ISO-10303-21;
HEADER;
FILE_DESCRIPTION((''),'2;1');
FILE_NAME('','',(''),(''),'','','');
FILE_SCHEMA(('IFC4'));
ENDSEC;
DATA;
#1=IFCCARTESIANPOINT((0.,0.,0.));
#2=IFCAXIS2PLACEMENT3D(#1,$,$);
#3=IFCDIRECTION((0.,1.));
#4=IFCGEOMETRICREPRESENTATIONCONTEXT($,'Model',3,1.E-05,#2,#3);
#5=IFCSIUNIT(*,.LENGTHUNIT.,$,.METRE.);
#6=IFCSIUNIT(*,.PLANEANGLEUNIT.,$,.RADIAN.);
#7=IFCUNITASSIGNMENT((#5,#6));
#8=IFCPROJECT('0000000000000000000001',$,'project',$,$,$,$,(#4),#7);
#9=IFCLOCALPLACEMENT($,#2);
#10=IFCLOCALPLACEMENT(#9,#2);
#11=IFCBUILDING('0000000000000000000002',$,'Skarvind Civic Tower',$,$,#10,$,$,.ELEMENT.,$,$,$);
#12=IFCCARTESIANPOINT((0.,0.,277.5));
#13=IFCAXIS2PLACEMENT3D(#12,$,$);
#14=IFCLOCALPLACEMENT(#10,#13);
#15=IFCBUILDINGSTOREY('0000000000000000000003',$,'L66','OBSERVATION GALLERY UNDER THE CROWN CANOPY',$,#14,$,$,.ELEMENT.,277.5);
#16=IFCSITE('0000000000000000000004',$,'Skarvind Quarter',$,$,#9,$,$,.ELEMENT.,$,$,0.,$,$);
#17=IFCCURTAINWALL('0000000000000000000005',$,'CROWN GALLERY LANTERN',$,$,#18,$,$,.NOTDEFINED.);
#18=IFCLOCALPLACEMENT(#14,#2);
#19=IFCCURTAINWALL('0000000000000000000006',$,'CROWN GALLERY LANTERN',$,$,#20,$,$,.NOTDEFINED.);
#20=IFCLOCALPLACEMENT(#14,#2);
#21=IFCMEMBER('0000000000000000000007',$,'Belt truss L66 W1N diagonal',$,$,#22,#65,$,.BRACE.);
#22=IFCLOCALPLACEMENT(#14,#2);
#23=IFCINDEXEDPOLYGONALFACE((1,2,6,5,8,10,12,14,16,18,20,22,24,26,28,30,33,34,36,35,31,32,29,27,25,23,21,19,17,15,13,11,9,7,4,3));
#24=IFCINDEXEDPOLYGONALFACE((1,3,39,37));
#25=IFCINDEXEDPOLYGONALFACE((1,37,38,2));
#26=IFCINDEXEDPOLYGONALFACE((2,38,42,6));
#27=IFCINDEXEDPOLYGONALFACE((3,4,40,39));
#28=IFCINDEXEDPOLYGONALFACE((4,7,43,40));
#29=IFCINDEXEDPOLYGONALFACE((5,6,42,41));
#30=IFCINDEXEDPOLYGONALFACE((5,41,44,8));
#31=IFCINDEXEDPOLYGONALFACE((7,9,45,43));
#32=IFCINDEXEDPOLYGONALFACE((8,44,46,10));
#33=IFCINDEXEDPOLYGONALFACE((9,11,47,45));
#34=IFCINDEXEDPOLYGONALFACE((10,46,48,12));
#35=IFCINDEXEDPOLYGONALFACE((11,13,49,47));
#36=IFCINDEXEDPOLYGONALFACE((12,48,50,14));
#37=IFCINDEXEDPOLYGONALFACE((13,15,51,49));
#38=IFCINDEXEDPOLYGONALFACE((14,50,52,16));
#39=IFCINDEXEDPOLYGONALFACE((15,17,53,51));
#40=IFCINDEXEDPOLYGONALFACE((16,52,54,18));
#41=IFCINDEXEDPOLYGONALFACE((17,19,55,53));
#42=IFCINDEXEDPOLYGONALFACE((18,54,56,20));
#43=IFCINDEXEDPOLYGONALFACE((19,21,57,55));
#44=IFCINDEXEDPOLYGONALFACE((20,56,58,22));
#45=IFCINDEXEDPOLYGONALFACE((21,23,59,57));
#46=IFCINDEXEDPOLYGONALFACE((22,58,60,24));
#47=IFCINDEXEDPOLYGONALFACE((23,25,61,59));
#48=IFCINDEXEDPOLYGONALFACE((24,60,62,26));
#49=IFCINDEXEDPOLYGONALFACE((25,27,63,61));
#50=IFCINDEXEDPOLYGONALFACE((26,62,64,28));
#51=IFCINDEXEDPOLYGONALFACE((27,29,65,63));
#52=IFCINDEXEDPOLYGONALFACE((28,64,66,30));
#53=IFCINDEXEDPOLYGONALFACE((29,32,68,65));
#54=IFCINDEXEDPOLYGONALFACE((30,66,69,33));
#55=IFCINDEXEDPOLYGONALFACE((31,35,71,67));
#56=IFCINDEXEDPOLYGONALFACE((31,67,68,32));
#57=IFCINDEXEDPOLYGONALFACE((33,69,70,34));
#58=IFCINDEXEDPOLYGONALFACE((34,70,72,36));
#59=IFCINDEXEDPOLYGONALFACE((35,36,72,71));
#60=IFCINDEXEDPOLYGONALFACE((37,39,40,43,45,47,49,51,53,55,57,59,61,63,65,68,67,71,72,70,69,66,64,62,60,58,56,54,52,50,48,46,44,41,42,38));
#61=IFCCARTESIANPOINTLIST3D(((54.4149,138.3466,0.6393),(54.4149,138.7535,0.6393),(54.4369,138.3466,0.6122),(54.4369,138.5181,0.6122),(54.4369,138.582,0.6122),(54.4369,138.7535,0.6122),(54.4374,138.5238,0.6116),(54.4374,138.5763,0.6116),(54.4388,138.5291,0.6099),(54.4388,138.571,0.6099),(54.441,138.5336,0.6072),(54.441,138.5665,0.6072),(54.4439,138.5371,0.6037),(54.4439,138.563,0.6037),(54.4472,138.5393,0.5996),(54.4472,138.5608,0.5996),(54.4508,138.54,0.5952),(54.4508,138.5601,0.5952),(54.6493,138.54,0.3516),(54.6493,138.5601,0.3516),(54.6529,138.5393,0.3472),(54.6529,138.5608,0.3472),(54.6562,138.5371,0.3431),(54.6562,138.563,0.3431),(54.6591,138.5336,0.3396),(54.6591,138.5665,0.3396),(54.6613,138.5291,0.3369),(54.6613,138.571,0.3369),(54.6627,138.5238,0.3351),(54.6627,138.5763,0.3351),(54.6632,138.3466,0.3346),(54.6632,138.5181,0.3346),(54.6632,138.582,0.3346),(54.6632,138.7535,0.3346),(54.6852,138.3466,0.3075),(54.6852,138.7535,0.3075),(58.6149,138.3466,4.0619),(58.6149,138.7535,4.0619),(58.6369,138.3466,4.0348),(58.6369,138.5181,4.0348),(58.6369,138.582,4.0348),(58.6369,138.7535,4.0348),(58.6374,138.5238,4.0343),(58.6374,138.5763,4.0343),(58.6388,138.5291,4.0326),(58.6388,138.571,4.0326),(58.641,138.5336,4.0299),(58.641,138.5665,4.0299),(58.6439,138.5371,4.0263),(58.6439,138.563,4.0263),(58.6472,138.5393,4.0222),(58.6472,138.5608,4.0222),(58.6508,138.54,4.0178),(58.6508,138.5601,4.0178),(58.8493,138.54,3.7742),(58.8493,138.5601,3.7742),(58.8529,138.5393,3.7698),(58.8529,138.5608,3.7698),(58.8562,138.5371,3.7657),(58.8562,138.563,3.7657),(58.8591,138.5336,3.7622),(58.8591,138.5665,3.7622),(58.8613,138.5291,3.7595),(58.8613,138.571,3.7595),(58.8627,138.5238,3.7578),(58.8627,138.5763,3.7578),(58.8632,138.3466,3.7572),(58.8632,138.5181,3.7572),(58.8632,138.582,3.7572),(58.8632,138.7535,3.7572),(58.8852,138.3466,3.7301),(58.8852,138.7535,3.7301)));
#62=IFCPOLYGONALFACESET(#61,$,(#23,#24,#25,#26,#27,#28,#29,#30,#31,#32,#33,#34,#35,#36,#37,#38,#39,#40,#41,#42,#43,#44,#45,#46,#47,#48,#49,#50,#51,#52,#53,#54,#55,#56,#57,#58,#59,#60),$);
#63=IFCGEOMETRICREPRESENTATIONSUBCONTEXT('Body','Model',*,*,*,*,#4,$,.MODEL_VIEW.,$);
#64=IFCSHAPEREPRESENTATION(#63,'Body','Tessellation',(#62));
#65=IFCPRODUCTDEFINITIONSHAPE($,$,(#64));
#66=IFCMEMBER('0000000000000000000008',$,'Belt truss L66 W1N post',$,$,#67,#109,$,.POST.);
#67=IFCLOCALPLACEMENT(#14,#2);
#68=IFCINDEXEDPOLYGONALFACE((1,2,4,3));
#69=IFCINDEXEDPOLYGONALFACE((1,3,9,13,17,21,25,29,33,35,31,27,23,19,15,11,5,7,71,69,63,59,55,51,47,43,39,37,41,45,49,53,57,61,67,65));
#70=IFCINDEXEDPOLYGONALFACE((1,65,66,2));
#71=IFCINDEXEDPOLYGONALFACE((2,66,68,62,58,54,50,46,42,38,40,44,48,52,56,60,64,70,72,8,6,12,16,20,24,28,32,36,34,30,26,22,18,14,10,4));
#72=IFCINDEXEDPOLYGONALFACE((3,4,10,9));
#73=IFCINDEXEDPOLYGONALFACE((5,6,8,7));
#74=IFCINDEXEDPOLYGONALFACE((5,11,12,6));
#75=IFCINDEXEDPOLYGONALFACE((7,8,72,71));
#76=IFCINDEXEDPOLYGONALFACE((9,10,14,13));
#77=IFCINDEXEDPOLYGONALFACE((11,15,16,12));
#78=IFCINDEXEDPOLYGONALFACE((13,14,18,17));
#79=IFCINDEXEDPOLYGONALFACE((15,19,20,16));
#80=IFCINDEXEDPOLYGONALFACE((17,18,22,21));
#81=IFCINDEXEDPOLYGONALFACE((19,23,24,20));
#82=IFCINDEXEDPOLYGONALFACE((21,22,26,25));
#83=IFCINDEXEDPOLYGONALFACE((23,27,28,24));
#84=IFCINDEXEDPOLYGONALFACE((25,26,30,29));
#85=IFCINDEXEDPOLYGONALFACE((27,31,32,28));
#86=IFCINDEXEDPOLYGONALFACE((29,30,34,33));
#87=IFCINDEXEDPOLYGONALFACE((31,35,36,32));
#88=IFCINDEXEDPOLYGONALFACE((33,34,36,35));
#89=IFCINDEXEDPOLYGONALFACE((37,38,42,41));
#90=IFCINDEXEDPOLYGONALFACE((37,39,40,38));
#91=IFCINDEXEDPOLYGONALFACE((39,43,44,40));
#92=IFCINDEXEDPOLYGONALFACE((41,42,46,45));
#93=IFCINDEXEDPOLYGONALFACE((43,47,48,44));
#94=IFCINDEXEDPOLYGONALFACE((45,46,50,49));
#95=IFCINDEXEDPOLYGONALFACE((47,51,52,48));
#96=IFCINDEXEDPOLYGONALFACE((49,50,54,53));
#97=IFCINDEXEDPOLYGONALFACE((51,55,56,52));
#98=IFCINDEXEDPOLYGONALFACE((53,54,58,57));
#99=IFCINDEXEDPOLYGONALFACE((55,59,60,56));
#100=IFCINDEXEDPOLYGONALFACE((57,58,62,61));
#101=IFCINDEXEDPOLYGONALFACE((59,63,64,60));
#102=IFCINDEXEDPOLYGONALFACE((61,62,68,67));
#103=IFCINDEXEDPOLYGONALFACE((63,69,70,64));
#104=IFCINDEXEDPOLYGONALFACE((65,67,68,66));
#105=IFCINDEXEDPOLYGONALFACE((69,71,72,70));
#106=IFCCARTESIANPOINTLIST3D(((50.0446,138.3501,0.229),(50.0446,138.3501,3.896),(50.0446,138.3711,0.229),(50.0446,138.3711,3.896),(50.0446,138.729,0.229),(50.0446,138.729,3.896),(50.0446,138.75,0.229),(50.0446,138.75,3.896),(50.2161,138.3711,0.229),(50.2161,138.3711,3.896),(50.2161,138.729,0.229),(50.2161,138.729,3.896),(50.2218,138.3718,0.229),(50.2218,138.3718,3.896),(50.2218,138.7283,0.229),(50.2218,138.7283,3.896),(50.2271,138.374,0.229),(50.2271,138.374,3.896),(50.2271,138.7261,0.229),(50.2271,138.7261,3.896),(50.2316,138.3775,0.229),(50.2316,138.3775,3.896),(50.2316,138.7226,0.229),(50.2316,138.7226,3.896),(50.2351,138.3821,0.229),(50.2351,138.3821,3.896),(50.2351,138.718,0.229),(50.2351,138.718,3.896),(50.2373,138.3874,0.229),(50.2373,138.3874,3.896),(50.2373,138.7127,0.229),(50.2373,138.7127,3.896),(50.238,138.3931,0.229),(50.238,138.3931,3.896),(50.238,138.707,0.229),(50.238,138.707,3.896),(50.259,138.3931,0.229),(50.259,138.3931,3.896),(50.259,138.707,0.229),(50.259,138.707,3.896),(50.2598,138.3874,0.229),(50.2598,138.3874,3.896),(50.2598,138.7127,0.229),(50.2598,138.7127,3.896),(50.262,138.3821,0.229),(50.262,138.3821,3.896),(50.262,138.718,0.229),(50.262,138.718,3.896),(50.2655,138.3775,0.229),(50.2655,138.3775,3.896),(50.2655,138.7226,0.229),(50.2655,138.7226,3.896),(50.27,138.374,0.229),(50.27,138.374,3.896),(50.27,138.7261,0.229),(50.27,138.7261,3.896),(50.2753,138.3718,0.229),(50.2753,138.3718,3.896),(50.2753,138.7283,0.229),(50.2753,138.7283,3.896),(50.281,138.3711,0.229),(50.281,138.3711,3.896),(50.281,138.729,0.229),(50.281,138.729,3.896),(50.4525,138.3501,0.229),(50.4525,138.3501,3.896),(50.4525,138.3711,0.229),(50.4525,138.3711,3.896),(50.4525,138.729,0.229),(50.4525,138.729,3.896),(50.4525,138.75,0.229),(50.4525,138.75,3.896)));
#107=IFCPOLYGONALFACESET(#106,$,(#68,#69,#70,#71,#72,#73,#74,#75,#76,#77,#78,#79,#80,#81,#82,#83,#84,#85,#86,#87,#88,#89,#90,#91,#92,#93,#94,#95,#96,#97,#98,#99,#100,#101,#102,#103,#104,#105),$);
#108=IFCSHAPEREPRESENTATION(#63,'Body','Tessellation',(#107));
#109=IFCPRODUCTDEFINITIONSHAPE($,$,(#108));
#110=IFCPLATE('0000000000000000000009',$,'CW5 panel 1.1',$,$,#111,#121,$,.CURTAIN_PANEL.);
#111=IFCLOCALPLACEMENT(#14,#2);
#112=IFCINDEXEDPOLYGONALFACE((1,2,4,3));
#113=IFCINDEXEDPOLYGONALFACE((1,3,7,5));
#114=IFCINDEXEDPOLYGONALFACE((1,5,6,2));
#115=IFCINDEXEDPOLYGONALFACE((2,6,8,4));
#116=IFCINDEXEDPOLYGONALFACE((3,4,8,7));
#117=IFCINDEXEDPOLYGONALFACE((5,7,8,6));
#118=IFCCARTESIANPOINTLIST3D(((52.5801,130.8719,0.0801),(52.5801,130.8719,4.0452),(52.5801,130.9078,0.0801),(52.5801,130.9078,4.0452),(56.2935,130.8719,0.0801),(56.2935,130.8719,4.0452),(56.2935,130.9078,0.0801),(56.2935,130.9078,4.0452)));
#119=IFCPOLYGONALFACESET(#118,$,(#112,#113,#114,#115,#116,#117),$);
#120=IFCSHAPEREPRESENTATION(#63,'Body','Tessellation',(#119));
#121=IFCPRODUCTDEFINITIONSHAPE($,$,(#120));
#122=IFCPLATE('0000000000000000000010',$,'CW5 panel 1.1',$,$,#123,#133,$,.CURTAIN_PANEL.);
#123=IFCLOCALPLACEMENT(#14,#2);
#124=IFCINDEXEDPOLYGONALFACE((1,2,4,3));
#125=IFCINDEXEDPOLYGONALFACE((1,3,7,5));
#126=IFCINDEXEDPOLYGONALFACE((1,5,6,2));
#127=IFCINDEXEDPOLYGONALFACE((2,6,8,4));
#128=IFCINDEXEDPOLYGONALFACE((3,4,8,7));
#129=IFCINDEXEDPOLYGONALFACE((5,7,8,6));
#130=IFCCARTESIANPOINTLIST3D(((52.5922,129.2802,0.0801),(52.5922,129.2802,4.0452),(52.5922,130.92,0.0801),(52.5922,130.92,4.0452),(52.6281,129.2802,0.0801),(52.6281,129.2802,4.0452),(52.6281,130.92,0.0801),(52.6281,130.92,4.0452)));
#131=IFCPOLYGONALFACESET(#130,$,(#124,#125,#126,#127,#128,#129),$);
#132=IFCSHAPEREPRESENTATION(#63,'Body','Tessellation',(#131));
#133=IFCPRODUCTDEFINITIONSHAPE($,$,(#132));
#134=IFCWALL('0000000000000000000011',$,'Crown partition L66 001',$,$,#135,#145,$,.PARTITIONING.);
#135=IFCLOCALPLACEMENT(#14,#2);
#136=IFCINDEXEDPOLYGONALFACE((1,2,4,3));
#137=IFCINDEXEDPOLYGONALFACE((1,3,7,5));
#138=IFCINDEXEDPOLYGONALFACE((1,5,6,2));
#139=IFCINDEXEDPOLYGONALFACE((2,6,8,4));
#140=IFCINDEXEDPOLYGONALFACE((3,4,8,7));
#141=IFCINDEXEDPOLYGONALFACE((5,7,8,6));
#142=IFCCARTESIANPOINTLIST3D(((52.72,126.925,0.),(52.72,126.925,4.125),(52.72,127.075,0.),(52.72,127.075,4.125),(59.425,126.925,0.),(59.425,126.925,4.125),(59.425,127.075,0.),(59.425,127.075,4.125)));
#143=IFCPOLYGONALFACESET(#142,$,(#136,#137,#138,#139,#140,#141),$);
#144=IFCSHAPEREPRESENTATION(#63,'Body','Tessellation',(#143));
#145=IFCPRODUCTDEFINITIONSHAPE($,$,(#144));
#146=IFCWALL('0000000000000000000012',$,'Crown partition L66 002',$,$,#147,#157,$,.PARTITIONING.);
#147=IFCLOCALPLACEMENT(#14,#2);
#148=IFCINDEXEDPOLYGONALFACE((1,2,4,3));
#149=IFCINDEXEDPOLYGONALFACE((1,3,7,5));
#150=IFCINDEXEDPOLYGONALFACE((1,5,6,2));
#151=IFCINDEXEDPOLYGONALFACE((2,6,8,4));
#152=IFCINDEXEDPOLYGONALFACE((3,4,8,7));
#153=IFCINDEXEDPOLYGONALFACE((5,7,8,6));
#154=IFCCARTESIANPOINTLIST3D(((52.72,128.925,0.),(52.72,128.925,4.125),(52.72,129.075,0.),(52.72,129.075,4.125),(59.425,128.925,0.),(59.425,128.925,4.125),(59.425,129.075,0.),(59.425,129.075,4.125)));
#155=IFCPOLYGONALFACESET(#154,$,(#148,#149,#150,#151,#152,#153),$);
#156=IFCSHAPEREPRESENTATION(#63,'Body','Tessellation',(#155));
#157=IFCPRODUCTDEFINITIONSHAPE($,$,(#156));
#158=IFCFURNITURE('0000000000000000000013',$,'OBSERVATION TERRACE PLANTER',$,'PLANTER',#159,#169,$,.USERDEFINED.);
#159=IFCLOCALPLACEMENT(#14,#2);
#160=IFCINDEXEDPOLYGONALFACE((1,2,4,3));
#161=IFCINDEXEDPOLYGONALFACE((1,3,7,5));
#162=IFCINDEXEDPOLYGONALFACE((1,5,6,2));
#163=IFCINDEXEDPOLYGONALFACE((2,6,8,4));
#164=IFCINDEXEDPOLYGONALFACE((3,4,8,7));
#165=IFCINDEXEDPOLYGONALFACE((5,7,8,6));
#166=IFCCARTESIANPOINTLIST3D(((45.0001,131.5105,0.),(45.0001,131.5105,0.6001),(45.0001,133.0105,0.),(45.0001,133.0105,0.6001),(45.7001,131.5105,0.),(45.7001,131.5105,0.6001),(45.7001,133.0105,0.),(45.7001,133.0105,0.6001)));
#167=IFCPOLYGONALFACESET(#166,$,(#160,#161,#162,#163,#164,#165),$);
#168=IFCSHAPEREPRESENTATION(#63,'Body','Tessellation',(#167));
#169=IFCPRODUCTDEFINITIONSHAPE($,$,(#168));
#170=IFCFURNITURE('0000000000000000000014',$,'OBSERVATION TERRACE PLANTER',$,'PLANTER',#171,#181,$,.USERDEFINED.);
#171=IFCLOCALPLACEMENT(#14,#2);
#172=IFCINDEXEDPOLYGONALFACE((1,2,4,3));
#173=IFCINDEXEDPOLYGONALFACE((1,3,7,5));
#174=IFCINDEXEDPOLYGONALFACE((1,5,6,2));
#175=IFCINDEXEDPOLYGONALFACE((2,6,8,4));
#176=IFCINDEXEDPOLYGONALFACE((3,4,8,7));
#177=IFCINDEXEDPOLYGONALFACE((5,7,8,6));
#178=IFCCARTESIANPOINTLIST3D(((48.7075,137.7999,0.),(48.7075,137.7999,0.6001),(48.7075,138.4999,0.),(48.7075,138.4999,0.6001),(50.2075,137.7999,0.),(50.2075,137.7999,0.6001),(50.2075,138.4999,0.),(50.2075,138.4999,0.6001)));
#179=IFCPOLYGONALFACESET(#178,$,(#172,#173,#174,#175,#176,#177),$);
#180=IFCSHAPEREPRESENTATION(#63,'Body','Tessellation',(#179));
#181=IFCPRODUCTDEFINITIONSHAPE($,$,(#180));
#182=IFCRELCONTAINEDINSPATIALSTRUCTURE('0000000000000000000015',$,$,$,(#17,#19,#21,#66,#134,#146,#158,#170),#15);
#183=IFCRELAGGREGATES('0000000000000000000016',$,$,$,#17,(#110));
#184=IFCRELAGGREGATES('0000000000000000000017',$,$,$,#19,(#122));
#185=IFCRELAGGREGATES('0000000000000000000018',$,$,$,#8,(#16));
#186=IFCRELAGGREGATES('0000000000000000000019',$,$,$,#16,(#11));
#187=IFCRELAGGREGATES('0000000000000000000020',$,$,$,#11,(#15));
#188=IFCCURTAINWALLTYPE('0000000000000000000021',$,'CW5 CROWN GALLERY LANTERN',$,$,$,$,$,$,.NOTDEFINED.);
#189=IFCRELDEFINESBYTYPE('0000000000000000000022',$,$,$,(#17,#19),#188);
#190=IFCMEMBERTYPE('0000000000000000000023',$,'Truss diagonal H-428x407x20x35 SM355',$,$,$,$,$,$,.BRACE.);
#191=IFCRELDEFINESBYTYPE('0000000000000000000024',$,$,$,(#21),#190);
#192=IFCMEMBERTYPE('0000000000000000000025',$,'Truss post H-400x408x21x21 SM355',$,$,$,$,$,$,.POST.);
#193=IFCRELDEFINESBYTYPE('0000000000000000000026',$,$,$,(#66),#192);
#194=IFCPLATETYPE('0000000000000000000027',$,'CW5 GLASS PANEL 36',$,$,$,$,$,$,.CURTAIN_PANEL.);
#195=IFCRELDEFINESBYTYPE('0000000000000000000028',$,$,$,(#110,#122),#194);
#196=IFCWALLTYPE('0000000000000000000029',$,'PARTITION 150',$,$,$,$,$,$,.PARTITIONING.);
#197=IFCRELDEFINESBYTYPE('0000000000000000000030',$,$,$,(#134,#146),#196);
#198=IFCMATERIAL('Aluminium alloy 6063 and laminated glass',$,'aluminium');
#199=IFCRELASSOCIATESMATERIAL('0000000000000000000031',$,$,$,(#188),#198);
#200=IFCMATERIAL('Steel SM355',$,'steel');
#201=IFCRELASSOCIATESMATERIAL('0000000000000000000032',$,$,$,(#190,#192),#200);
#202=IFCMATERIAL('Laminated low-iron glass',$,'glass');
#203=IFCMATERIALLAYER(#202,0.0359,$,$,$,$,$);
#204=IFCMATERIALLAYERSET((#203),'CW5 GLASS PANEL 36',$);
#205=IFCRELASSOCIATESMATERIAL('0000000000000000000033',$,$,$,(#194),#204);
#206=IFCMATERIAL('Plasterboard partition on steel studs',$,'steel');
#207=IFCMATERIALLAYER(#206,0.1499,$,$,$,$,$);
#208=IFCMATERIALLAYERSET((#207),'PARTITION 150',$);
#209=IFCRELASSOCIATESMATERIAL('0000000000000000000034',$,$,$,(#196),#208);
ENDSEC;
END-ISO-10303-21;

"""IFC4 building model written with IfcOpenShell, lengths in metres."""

from ifc_helpers import new_model, si_unit, direction, frame, frame_2d, origin, origin_2d, place, context, subcontext, project, spatial, rectangle, i_section, extrude, material, layer, layer_set, material_profile, profile_set, type_object, element, aggregate, save


model = new_model("IFC4")

# Units and contexts
model_context = context("Model", 3, precision=1e-05, world=origin(), true_north=direction((0.0, 1.0)))
body_context = subcontext(model_context, "Body", "Model", "MODEL_VIEW")
ifc_project = project(units=[si_unit("LENGTHUNIT", "METRE"), si_unit("PLANEANGLEUNIT", "RADIAN")], contexts=[model_context])

# Site, building, storey
site_placement = place(None, origin())
site = spatial("IfcSite", under=ifc_project, at=site_placement, Name="Skarvind Quarter", CompositionType="ELEMENT", RefElevation=0.0)
building_placement = place(site_placement, origin())
building = spatial("IfcBuilding", under=site, at=building_placement, Name="Skarvind Civic Tower", CompositionType="ELEMENT")
storey_placement = place(building_placement, frame((0.0, 0.0, 277.5)))
storey = spatial("IfcBuildingStorey", under=building, at=storey_placement, Name="L66", Description="OBSERVATION GALLERY UNDER THE CROWN CANOPY", CompositionType="ELEMENT", Elevation=277.5)

# Curtain walls
ifc_material_1 = material(Name="Aluminium alloy 6063 and laminated glass", Category="aluminium")
curtain_wall_type = type_object("IfcCurtainWallType", Name="CW5 CROWN GALLERY LANTERN", PredefinedType="NOTDEFINED", material=ifc_material_1)
curtain_wall_1_placement = place(storey_placement, origin())
curtain_wall_1 = element("IfcCurtainWall", 1, at=curtain_wall_1_placement, inside=storey, type_object=curtain_wall_type, Name="CROWN GALLERY LANTERN", PredefinedType="NOTDEFINED")
curtain_wall_2_placement = place(storey_placement, origin())
curtain_wall_2 = element("IfcCurtainWall", 2, at=curtain_wall_2_placement, inside=storey, type_object=curtain_wall_type, Name="CROWN GALLERY LANTERN", PredefinedType="NOTDEFINED")

# Members
ifc_material_2 = material(Name="Steel SM355", Category="steel")
ifc_material_profile_1 = material_profile(ifc_material_2, i_section(OverallWidth=0.407, OverallDepth=0.428, WebThickness=0.02, FlangeThickness=0.0349, FilletRadius=0.022, at=origin_2d()), Name="H-428x407x20x35")
ifc_profile_set_1 = profile_set([ifc_material_profile_1], Name="Steel SM355")
member_type_1 = type_object("IfcMemberType", Name="Truss diagonal H-428x407x20x35 SM355", PredefinedType="BRACE", material=ifc_profile_set_1)
member_1_placement = place(storey_placement, frame((54.55, 138.55, 0.4734), z_axis=(0.775197, 0.0, 0.63172), x_axis=(0.0, 1.0, 0.0)))
element("IfcMember", 3, at=member_1_placement, inside=storey, type_object=member_type_1, Name="Belt truss L66 W1N diagonal", PredefinedType="BRACE", context=body_context, shape_type="SweptSolid", body=[
    extrude(i_section(OverallWidth=0.407, OverallDepth=0.428, WebThickness=0.02, FlangeThickness=0.0349, FilletRadius=0.022, at=origin_2d()), origin(), (0.0, 0.0, 1.0), 5.418),
])
ifc_material_profile_2 = material_profile(ifc_material_2, i_section(OverallWidth=0.408, OverallDepth=0.3999, WebThickness=0.021, FlangeThickness=0.021, FilletRadius=0.022, at=origin_2d()), Name="H-400x408x21x21")
ifc_profile_set_2 = profile_set([ifc_material_profile_2], Name="Steel SM355")
member_type_2 = type_object("IfcMemberType", Name="Truss post H-400x408x21x21 SM355", PredefinedType="POST", material=ifc_profile_set_2)
member_2_placement = place(storey_placement, frame((50.2485, 138.55, 0.229), z_axis=(0.0, 0.0, 1.0), x_axis=(1.0, 0.0, 0.0)))
element("IfcMember", 4, at=member_2_placement, inside=storey, type_object=member_type_2, Name="Belt truss L66 W1N post", PredefinedType="POST", context=body_context, shape_type="SweptSolid", body=[
    extrude(i_section(OverallWidth=0.408, OverallDepth=0.3999, WebThickness=0.021, FlangeThickness=0.021, FilletRadius=0.022, at=origin_2d()), origin(), (0.0, 0.0, 1.0), 3.667),
])

# Plates
ifc_material_3 = material(Name="Laminated low-iron glass", Category="glass")
ifc_layer_1 = layer(ifc_material_3, 0.0359)
ifc_layer_set_1 = layer_set([ifc_layer_1], Name="CW5 GLASS PANEL 36")
plate_type = type_object("IfcPlateType", Name="CW5 GLASS PANEL 36", PredefinedType="CURTAIN_PANEL", material=ifc_layer_set_1)
plate_1_placement = place(storey_placement, frame((54.4368, 130.8899, 0.0801), z_axis=(0.0, 0.0, 1.0), x_axis=(1.0, 0.0, 0.0)))
plate_1 = element("IfcPlate", 5, at=plate_1_placement, type_object=plate_type, Name="CW5 panel 1.1", PredefinedType="CURTAIN_PANEL", context=body_context, shape_type="SweptSolid", body=[
    extrude(rectangle(XDim=3.7134, YDim=0.0359, at=origin_2d()), origin(), (0.0, 0.0, 1.0), 3.9651),
])
aggregate(curtain_wall_1, [plate_1])
plate_2_placement = place(storey_placement, frame((52.6101, 130.1001, 0.0801), z_axis=(0.0, 0.0, 1.0), x_axis=(0.0, 1.0, 0.0)))
plate_2 = element("IfcPlate", 6, at=plate_2_placement, type_object=plate_type, Name="CW5 panel 1.1", PredefinedType="CURTAIN_PANEL", context=body_context, shape_type="SweptSolid", body=[
    extrude(rectangle(XDim=1.6399, YDim=0.0359, at=origin_2d()), origin(), (0.0, 0.0, 1.0), 3.9651),
])
aggregate(curtain_wall_2, [plate_2])

# Walls
ifc_material_4 = material(Name="Plasterboard partition on steel studs", Category="steel")
ifc_layer_2 = layer(ifc_material_4, 0.1499)
ifc_layer_set_2 = layer_set([ifc_layer_2], Name="PARTITION 150")
wall_type_1 = type_object("IfcWallType", Name="PARTITION 150", PredefinedType="PARTITIONING", material=ifc_layer_set_2)
for number, where, z_axis, x_axis, name in (
    (7, (52.72, 127.0, 0.0), (0.0, 0.0, 1.0), (1.0, 0.0, 0.0), "Crown partition L66 001"),
    (8, (52.72, 129.0, 0.0), (0.0, 0.0, 1.0), (1.0, 0.0, 0.0), "Crown partition L66 002"),
):
    element("IfcWall", number, at=place(storey_placement, frame(where, z_axis=z_axis, x_axis=x_axis)), inside=storey, type_object=wall_type_1, Name=name, PredefinedType="PARTITIONING", context=body_context, shape_type="SweptSolid", body=[
        extrude(rectangle(XDim=6.7051, YDim=0.1499, at=frame_2d((3.3525, 0.0))), origin(), (0.0, 0.0, 1.0), 4.125),
    ])

# Furniture
for number, where, z_axis, x_axis, name in (
    (9, (45.3501, 132.2605, 0.0), (0.0, 0.0, 1.0), (0.0, 1.0, 0.0), "OBSERVATION TERRACE PLANTER"),
    (10, (49.4575, 138.1499, 0.0), (0.0, 0.0, 1.0), (1.0, 0.0, 0.0), "OBSERVATION TERRACE PLANTER"),
):
    element("IfcFurniture", number, at=place(storey_placement, frame(where, z_axis=z_axis, x_axis=x_axis)), inside=storey, Name=name, ObjectType="PLANTER", PredefinedType="USERDEFINED", context=body_context, shape_type="SweptSolid", body=[
        extrude(rectangle(XDim=1.5, YDim=0.7, at=origin_2d()), origin(), (0.0, 0.0, 1.0), 0.6001),
    ])

save(model, "model.ifc")
